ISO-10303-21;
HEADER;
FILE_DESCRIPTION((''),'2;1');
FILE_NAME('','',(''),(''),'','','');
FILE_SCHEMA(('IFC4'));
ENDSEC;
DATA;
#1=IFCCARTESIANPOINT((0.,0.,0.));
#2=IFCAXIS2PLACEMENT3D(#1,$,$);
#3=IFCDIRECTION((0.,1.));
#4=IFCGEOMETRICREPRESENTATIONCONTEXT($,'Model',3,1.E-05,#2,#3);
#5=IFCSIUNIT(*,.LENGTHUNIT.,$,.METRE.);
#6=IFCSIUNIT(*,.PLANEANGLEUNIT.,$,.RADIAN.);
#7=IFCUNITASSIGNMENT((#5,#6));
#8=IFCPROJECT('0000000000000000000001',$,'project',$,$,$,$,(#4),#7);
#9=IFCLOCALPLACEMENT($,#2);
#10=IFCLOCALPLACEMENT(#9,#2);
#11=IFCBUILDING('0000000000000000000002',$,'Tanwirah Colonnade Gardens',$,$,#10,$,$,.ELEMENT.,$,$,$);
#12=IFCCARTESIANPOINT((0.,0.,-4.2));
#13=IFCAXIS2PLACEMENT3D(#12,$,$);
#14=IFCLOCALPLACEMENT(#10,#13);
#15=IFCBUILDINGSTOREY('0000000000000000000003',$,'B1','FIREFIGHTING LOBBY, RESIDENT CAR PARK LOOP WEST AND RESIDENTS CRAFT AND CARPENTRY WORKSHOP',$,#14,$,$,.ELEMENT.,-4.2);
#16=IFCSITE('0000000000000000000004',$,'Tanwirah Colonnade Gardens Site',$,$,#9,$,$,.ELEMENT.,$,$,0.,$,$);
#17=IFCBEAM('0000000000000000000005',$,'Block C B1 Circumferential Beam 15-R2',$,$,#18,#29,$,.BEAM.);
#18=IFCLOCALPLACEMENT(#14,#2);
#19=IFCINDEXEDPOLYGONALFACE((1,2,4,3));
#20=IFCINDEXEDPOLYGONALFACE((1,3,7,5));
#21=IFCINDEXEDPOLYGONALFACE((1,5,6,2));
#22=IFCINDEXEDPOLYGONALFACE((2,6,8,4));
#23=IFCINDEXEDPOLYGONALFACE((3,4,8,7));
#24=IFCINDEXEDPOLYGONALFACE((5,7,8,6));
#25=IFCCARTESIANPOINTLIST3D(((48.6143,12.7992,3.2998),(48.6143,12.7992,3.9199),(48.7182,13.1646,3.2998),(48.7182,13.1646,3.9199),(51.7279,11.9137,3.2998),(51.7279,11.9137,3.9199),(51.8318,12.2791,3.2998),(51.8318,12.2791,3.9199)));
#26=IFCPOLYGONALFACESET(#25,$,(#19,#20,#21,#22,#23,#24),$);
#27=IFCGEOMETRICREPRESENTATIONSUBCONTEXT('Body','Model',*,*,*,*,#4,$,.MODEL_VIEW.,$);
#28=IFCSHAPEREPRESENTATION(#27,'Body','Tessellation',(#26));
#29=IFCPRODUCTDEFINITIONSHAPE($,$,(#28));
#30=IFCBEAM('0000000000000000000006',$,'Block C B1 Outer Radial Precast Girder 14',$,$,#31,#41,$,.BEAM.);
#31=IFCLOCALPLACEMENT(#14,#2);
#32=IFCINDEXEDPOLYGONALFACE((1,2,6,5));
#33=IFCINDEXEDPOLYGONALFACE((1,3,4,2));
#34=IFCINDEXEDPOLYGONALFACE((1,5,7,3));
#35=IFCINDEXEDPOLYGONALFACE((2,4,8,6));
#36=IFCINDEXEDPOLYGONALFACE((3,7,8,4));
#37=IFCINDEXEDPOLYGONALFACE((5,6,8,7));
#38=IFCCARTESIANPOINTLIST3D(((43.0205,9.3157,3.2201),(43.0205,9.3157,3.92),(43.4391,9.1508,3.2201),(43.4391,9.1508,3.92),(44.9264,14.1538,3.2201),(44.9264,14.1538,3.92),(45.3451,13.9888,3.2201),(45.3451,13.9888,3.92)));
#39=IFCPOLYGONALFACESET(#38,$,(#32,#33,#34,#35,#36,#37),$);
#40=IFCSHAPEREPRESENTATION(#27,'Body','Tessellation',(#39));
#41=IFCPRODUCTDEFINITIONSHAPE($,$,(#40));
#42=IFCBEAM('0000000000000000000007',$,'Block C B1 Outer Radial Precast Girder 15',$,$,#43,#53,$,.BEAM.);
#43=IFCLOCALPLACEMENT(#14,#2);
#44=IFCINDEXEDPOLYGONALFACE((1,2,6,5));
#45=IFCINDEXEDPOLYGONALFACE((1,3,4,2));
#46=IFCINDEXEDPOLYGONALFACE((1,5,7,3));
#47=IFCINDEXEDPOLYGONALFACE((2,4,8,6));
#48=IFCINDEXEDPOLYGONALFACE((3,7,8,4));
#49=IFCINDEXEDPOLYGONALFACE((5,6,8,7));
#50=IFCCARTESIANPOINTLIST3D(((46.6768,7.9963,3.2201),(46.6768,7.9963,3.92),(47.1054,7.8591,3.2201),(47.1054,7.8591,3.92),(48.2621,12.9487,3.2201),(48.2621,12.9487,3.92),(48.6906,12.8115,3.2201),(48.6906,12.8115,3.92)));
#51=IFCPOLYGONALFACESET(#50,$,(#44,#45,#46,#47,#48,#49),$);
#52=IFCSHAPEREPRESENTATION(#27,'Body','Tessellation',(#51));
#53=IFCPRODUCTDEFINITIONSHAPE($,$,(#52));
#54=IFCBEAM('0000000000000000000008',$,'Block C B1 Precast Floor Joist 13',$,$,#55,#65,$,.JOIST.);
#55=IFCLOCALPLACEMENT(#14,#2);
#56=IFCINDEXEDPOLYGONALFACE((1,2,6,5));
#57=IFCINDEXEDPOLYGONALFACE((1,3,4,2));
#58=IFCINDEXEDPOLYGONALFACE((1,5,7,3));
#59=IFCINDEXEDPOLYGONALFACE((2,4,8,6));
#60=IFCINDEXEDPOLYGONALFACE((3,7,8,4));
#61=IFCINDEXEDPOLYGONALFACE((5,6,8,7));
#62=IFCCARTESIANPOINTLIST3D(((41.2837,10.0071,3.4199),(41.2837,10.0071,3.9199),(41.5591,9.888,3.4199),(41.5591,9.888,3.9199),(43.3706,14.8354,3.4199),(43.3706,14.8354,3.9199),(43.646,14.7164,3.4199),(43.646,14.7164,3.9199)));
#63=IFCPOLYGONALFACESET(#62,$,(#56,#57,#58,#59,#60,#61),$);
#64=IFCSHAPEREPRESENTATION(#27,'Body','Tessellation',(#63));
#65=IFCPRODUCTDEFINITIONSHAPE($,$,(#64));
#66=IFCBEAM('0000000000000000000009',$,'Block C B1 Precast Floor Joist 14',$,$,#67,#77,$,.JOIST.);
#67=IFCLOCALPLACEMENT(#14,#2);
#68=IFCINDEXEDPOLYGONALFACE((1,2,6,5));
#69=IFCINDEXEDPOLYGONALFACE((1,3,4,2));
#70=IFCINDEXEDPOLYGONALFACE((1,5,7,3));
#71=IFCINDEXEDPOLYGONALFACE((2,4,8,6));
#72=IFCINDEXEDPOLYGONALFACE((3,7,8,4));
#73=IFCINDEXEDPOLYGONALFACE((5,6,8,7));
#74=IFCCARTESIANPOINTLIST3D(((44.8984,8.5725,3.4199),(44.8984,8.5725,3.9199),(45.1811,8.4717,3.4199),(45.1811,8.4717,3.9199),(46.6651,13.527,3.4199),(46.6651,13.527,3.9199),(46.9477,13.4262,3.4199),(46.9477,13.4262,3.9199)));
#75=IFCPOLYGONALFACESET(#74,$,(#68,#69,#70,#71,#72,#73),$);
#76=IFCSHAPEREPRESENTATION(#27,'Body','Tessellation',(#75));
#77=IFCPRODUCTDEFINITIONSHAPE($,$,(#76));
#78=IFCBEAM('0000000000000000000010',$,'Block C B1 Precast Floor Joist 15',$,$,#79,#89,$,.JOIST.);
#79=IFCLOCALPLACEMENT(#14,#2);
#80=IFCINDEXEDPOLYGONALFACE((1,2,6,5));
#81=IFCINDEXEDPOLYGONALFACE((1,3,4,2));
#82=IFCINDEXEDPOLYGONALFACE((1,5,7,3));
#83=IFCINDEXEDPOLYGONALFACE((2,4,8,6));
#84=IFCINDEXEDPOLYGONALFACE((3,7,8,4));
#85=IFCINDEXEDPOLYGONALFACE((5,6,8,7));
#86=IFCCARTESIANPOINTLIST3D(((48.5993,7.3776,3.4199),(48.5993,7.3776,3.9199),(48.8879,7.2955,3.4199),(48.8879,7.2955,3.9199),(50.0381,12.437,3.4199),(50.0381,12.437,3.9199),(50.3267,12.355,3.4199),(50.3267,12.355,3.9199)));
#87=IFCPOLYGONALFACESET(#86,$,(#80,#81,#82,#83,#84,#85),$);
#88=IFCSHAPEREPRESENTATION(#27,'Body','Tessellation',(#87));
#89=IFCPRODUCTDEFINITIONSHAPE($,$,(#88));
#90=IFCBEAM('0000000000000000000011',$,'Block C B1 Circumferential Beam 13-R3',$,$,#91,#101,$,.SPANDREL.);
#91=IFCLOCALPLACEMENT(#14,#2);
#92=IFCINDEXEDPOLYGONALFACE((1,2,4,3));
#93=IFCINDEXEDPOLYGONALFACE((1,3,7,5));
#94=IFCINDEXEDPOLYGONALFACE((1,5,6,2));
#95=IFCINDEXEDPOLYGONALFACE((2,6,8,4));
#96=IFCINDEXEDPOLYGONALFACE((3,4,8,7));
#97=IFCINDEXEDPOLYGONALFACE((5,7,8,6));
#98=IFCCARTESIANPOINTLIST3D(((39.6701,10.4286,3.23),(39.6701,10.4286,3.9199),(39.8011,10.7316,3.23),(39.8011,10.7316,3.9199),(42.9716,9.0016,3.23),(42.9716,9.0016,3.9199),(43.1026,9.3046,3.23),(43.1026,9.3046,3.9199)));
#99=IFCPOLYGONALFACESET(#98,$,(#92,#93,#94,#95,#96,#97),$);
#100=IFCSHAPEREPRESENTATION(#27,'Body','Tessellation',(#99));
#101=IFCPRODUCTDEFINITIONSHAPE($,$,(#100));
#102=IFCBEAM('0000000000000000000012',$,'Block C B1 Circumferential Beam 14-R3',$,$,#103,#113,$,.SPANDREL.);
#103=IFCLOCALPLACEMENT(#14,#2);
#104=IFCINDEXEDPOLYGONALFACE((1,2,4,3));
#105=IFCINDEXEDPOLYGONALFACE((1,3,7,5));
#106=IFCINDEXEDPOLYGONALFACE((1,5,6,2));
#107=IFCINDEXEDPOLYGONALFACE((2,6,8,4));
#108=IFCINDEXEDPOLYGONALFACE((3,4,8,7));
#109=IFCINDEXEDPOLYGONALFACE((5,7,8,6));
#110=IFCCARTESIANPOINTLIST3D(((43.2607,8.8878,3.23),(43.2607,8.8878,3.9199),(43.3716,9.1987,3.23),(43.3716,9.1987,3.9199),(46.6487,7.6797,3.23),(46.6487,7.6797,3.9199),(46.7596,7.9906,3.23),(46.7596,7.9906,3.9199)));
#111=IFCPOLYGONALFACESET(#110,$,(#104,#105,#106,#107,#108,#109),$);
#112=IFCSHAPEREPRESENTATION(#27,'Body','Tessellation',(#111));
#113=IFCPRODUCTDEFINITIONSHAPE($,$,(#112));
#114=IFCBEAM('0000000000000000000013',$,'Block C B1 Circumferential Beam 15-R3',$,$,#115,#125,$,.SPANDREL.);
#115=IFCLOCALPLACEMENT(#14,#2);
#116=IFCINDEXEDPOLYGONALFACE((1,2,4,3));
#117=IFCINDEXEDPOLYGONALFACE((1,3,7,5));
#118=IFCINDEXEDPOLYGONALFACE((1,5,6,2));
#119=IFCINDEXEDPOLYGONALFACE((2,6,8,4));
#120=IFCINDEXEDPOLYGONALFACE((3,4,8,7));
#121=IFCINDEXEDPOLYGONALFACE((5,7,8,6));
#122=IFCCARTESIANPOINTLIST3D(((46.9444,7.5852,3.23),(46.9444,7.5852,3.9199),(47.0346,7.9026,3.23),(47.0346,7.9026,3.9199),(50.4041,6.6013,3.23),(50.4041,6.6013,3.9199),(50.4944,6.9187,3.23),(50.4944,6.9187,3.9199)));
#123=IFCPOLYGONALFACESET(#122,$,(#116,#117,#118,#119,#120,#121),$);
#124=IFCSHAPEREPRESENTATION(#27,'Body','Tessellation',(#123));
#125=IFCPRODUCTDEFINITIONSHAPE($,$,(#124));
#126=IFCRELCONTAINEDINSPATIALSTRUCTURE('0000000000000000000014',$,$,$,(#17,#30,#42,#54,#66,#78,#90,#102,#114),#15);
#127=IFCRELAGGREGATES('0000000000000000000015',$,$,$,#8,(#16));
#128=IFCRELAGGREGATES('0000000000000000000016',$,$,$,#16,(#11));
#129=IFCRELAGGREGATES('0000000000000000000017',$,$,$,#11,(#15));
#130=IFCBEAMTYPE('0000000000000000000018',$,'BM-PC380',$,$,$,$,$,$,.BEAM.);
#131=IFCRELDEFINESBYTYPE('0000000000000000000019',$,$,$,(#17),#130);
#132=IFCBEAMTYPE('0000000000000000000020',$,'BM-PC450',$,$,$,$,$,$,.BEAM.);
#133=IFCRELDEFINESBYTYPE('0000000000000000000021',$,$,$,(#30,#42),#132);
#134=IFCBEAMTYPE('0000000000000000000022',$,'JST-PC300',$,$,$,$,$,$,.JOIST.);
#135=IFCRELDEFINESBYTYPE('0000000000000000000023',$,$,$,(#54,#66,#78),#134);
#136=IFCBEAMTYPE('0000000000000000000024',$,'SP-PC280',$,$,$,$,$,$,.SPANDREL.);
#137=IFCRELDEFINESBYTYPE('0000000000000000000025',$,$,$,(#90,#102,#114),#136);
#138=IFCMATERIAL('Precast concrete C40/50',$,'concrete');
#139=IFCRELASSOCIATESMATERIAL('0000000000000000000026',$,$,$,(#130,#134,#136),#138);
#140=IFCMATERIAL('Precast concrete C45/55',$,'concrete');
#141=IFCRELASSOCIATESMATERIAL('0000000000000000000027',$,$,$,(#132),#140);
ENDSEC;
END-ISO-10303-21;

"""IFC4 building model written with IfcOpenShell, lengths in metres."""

from ifc_helpers import new_model, si_unit, direction, frame, origin, origin_2d, place, context, subcontext, project, spatial, rectangle, extrude, material, material_profile, profile_set, type_object, element, save


model = new_model("IFC4")

# Units and contexts
model_context = context("Model", 3, precision=1e-05, world=origin(), true_north=direction((0.0, 1.0)))
body_context = subcontext(model_context, "Body", "Model", "MODEL_VIEW")
ifc_project = project(units=[si_unit("LENGTHUNIT", "METRE"), si_unit("PLANEANGLEUNIT", "RADIAN")], contexts=[model_context])

# Site, building, storey
site_placement = place(None, origin())
site = spatial("IfcSite", under=ifc_project, at=site_placement, Name="Tanwirah Colonnade Gardens Site", CompositionType="ELEMENT", RefElevation=0.0)
building_placement = place(site_placement, origin())
building = spatial("IfcBuilding", under=site, at=building_placement, Name="Tanwirah Colonnade Gardens", CompositionType="ELEMENT")
storey_placement = place(building_placement, frame((0.0, 0.0, -4.2)))
storey = spatial("IfcBuildingStorey", under=building, at=storey_placement, Name="B1", Description="FIREFIGHTING LOBBY, RESIDENT CAR PARK LOOP WEST AND RESIDENTS CRAFT AND CARPENTRY WORKSHOP", CompositionType="ELEMENT", Elevation=-4.2)

# Beams
ifc_material_1 = material(Name="Precast concrete C40/50", Category="concrete")
ifc_material_profile_1 = material_profile(ifc_material_1, rectangle(XDim=0.3799, YDim=0.6201, at=origin_2d()), Name="PC-BM 380x620")
ifc_profile_set_1 = profile_set([ifc_material_profile_1], Name="Precast concrete C40/50")
beam_type_1 = type_object("IfcBeamType", Name="BM-PC380", PredefinedType="BEAM", material=ifc_profile_set_1)
beam_1_placement = place(storey_placement, frame((48.6663, 12.9819, 3.6099), z_axis=(0.961856, -0.273555, 0.0), x_axis=(0.273555, 0.961856, 0.0)))
element("IfcBeam", 1, at=beam_1_placement, inside=storey, type_object=beam_type_1, Name="Block C B1 Circumferential Beam 15-R2", PredefinedType="BEAM", context=body_context, shape_type="SweptSolid", body=[
    extrude(rectangle(XDim=0.3799, YDim=0.6201, at=origin_2d()), origin(), (0.0, 0.0, 1.0), 3.2371),
])
ifc_material_2 = material(Name="Precast concrete C45/55", Category="concrete")
ifc_material_profile_2 = material_profile(ifc_material_2, rectangle(XDim=0.45, YDim=0.7, at=origin_2d()), Name="PC-BM 450x700")
ifc_profile_set_2 = profile_set([ifc_material_profile_2], Name="Precast concrete C45/55")
beam_type_2 = type_object("IfcBeamType", Name="BM-PC450", PredefinedType="BEAM", material=ifc_profile_set_2)
for number, where, z_axis, x_axis, name in (
    (2, (45.1357, 14.0713, 3.5701), (-0.366537, -0.930404, 0.0), (0.930404, -0.366537, 0.0), "Block C B1 Outer Radial Precast Girder 14"),
    (3, (48.4763, 12.8801, 3.5701), (-0.304852, -0.9524, 0.0), (0.9524, -0.304852, 0.0), "Block C B1 Outer Radial Precast Girder 15"),
):
    element("IfcBeam", number, at=place(storey_placement, frame(where, z_axis=z_axis, x_axis=x_axis)), inside=storey, type_object=beam_type_2, Name=name, PredefinedType="BEAM", context=body_context, shape_type="SweptSolid", body=[
        extrude(rectangle(XDim=0.45, YDim=0.7, at=origin_2d()), origin(), (0.0, 0.0, 1.0), 5.2),
    ])
ifc_material_profile_3 = material_profile(ifc_material_1, rectangle(XDim=0.3, YDim=0.5, at=origin_2d()), Name="PC-JST 300x500")
ifc_profile_set_3 = profile_set([ifc_material_profile_3], Name="Precast concrete C40/50")
beam_type_3 = type_object("IfcBeamType", Name="JST-PC300", PredefinedType="JOIST", material=ifc_profile_set_3)
for number, where, z_axis, x_axis, name in (
    (4, (43.5083, 14.7759, 3.6699), (-0.396746, -0.917928, 0.0), (0.917928, -0.396746, 0.0), "Block C B1 Precast Floor Joist 13"),
    (5, (46.8064, 13.4766, 3.6699), (-0.335863, -0.941911, 0.0), (0.941911, -0.335863, 0.0), "Block C B1 Precast Floor Joist 14"),
    (6, (50.1824, 12.396, 3.6699), (-0.273526, -0.961865, 0.0), (0.961865, -0.273526, 0.0), "Block C B1 Precast Floor Joist 15"),
):
    element("IfcBeam", number, at=place(storey_placement, frame(where, z_axis=z_axis, x_axis=x_axis)), inside=storey, type_object=beam_type_3, Name=name, PredefinedType="JOIST", context=body_context, shape_type="SweptSolid", body=[
        extrude(rectangle(XDim=0.3, YDim=0.5, at=origin_2d()), origin(), (0.0, 0.0, 1.0), 5.26),
    ])
ifc_material_profile_4 = material_profile(ifc_material_1, rectangle(XDim=0.3301, YDim=0.6899, at=origin_2d()), Name="PC-SP 330x690")
ifc_profile_set_4 = profile_set([ifc_material_profile_4], Name="Precast concrete C40/50")
beam_type_4 = type_object("IfcBeamType", Name="SP-PC280", PredefinedType="SPANDREL", material=ifc_profile_set_4)
beam_2_placement = place(storey_placement, frame((39.7356, 10.5801, 3.575), z_axis=(0.917926, -0.396752, 0.0), x_axis=(0.396752, 0.917926, 0.0)))
element("IfcBeam", 7, at=beam_2_placement, inside=storey, type_object=beam_type_4, Name="Block C B1 Circumferential Beam 13-R3", PredefinedType="SPANDREL", context=body_context, shape_type="SweptSolid", body=[
    extrude(rectangle(XDim=0.3301, YDim=0.6899, at=origin_2d()), origin(), (0.0, 0.0, 1.0), 3.5967),
])
for number, where, z_axis, x_axis, name in (
    (8, (43.3162, 9.0432, 3.575), (0.941915, -0.33585, 0.0), (0.33585, 0.941915, 0.0), "Block C B1 Circumferential Beam 14-R3"),
    (9, (46.9895, 7.7439, 3.575), (0.961861, -0.273538, 0.0), (0.273538, 0.961861, 0.0), "Block C B1 Circumferential Beam 15-R3"),
):
    element("IfcBeam", number, at=place(storey_placement, frame(where, z_axis=z_axis, x_axis=x_axis)), inside=storey, type_object=beam_type_4, Name=name, PredefinedType="SPANDREL", context=body_context, shape_type="SweptSolid", body=[
        extrude(rectangle(XDim=0.3301, YDim=0.6899, at=origin_2d()), origin(), (0.0, 0.0, 1.0), 3.5969),
    ])

save(model, "model.ifc")
